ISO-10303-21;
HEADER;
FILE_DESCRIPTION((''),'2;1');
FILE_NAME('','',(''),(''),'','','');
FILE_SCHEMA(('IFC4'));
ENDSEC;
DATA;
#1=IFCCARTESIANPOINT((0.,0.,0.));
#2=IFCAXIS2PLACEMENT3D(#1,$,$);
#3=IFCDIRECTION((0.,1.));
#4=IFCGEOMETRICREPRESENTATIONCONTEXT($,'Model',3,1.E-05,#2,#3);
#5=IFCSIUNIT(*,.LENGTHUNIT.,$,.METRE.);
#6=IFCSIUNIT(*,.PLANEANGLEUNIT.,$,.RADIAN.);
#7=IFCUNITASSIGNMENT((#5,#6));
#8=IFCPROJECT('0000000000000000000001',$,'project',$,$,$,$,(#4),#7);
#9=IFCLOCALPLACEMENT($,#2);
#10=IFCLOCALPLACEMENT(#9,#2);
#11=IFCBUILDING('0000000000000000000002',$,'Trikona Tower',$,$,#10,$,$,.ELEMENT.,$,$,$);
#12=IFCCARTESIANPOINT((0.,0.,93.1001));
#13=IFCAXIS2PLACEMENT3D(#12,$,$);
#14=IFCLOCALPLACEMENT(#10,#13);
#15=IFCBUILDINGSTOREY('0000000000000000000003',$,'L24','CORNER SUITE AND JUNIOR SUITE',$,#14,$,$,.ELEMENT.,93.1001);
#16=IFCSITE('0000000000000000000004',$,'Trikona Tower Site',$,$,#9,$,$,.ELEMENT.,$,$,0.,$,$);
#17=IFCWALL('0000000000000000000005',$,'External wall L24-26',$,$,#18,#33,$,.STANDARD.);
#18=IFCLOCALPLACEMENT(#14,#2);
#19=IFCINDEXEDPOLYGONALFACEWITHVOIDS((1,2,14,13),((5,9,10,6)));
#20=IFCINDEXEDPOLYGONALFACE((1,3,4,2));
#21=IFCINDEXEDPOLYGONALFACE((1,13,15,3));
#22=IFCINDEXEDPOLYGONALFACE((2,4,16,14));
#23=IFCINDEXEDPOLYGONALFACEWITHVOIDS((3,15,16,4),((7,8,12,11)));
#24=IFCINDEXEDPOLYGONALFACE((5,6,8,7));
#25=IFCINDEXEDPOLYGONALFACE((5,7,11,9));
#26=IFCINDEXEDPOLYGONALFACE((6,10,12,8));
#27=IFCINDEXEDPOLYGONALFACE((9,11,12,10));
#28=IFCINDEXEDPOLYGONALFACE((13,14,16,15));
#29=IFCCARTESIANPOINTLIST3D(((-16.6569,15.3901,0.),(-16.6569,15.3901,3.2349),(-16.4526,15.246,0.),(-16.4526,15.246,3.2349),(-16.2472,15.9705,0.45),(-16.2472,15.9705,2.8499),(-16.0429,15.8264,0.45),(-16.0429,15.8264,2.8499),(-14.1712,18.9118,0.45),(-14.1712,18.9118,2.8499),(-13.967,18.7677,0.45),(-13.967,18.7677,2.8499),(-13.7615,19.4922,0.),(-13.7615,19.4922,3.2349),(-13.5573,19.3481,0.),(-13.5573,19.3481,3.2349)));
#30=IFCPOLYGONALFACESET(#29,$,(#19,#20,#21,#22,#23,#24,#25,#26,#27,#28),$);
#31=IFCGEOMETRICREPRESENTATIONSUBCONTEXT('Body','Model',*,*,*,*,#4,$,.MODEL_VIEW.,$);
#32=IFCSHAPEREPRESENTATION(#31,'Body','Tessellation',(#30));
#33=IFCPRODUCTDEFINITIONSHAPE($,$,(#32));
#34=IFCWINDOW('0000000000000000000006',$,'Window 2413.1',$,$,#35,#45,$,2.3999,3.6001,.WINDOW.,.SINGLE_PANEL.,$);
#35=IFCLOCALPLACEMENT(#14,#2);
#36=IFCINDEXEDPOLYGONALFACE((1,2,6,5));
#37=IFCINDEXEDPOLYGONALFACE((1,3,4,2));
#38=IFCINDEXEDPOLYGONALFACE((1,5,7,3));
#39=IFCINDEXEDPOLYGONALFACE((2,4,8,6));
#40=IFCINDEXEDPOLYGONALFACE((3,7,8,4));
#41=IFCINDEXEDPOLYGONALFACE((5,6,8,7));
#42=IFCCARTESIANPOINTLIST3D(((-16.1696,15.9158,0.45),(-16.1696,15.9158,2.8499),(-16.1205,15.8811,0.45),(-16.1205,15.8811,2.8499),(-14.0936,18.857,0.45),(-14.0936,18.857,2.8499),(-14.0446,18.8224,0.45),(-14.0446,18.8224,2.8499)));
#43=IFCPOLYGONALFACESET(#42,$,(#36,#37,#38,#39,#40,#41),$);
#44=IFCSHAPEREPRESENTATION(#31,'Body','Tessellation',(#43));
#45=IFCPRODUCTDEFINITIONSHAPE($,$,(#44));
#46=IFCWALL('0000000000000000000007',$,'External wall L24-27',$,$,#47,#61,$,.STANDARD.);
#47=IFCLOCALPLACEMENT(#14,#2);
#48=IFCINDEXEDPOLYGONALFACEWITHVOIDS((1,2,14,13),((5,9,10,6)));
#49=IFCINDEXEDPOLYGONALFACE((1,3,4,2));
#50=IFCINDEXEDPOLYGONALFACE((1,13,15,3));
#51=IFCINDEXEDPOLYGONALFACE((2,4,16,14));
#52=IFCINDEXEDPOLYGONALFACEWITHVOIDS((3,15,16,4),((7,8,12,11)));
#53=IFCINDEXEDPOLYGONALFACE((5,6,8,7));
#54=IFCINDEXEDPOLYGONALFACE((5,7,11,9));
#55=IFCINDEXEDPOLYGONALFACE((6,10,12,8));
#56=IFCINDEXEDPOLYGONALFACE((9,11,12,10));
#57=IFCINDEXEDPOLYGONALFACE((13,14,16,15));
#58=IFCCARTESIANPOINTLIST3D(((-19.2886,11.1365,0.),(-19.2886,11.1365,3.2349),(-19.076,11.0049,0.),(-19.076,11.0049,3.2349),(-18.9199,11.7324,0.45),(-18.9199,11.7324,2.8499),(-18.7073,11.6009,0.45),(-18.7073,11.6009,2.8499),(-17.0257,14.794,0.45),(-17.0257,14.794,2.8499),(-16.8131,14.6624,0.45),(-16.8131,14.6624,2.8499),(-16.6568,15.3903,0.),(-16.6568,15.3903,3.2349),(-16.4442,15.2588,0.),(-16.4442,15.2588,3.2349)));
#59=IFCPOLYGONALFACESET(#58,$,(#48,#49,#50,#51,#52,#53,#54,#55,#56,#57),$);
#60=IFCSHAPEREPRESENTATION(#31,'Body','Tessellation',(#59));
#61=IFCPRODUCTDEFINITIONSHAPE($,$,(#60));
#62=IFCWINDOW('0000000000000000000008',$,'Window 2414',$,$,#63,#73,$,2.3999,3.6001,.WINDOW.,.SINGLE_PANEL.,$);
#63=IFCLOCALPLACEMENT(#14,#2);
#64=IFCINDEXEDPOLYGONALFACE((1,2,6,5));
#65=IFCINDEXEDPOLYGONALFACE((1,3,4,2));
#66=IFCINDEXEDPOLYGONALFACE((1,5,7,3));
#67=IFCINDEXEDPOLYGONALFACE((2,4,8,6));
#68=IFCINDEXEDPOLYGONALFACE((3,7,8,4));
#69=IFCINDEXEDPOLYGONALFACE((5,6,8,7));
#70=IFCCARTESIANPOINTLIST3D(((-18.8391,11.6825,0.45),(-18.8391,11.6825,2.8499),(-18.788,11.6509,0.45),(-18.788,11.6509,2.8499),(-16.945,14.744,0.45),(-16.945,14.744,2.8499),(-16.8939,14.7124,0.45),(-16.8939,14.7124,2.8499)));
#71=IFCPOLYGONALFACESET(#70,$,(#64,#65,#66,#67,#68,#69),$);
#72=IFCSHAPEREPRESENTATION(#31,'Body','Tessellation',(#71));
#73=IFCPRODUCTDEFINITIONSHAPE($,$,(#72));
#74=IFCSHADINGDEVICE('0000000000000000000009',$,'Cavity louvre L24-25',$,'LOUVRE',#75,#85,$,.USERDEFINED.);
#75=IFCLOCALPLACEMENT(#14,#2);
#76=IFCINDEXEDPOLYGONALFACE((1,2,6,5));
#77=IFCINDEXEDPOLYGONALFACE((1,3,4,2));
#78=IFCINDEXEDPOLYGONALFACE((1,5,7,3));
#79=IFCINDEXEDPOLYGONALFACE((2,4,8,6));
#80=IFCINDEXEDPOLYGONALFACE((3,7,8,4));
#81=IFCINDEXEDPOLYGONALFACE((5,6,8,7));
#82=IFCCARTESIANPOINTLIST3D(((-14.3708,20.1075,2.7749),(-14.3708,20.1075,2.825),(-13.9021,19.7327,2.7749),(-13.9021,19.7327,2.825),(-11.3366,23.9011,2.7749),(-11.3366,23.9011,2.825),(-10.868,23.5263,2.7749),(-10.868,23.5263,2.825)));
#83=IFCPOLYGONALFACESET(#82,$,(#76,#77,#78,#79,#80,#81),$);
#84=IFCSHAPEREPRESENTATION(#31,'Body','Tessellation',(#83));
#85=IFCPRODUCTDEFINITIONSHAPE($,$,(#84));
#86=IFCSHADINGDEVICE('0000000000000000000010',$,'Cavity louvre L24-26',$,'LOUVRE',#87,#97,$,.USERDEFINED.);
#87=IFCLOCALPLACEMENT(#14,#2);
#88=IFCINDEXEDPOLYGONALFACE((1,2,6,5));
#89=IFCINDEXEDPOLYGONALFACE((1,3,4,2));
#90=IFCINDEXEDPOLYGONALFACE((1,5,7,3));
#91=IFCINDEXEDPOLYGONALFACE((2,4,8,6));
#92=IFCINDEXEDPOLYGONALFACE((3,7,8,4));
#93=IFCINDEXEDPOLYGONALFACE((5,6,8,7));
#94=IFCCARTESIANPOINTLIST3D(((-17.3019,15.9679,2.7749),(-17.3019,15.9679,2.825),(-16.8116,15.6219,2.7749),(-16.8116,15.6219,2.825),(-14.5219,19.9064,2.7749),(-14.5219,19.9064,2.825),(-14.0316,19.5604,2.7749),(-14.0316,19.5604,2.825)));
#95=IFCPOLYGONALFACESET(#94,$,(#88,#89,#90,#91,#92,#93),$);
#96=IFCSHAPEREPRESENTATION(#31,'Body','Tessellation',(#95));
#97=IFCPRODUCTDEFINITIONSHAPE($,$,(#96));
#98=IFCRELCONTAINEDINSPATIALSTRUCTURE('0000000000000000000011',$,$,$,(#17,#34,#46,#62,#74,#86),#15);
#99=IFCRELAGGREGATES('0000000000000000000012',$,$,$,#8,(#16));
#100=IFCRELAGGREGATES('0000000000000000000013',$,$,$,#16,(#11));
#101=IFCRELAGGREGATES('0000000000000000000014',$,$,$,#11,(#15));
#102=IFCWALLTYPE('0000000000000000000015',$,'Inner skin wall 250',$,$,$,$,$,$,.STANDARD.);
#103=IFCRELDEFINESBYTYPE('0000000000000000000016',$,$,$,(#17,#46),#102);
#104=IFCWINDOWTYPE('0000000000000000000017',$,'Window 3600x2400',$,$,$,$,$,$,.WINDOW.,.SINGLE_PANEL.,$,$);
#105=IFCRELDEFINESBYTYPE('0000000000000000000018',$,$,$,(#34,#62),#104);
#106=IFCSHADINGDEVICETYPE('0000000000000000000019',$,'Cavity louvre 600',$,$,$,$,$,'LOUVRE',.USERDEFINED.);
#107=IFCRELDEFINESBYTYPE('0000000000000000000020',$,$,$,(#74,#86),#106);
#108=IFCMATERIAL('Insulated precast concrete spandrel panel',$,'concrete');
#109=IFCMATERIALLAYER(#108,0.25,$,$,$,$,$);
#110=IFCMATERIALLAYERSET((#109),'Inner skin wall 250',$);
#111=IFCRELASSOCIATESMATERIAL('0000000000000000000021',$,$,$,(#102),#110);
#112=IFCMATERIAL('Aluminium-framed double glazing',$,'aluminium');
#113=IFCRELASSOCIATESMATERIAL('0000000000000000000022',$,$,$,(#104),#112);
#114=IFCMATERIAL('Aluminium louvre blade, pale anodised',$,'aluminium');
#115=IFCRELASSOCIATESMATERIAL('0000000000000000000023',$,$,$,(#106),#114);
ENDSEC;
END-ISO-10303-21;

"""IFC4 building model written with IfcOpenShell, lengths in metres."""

from ifc_helpers import new_model, si_unit, direction, frame, frame_2d, origin, origin_2d, place, context, subcontext, project, spatial, rectangle, extrude, material, layer, layer_set, type_object, element, fill, save


model = new_model("IFC4")

# Units and contexts
model_context = context("Model", 3, precision=1e-05, world=origin(), true_north=direction((0.0, 1.0)))
body_context = subcontext(model_context, "Body", "Model", "MODEL_VIEW")
ifc_project = project(units=[si_unit("LENGTHUNIT", "METRE"), si_unit("PLANEANGLEUNIT", "RADIAN")], contexts=[model_context])

# Site, building, storey
site_placement = place(None, origin())
site = spatial("IfcSite", under=ifc_project, at=site_placement, Name="Trikona Tower Site", CompositionType="ELEMENT", RefElevation=0.0)
building_placement = place(site_placement, origin())
building = spatial("IfcBuilding", under=site, at=building_placement, Name="Trikona Tower", CompositionType="ELEMENT")
storey_placement = place(building_placement, frame((0.0, 0.0, 93.1001)))
storey = spatial("IfcBuildingStorey", under=building, at=storey_placement, Name="L24", Description="CORNER SUITE AND JUNIOR SUITE", CompositionType="ELEMENT", Elevation=93.1001)

# Walls, openings, windows
ifc_material_1 = material(Name="Insulated precast concrete spandrel panel", Category="concrete")
ifc_layer_1 = layer(ifc_material_1, 0.25)
ifc_layer_set_1 = layer_set([ifc_layer_1], Name="Inner skin wall 250")
wall_type = type_object("IfcWallType", Name="Inner skin wall 250", PredefinedType="STANDARD", material=ifc_layer_set_1)
ifc_material_2 = material(Name="Aluminium-framed double glazing", Category="aluminium")
window_type = type_object("IfcWindowType", Name="Window 3600x2400", PartitioningType="SINGLE_PANEL", PredefinedType="WINDOW", material=ifc_material_2)
wall_1_placement = place(storey_placement, frame((-13.6594, 19.4202, 0.0), z_axis=(0.0, 0.0, 1.0), x_axis=(-0.576643, -0.816996, 0.0)))
wall_1 = element("IfcWall", 1, at=wall_1_placement, inside=storey, type_object=wall_type, Name="External wall L24-26", PredefinedType="STANDARD", context=body_context, shape_type="SweptSolid", body=[
    extrude(rectangle(XDim=5.021, YDim=0.25, at=frame_2d((2.5105, 0.0))), origin(), (0.0, 0.0, 1.0), 3.2349),
])
opening_1_placement = place(wall_1_placement, frame((0.7104, 0.0, 0.45)))
opening_1 = element("IfcOpeningElement", 2, at=opening_1_placement, cuts=wall_1, PredefinedType="OPENING", context=body_context, shape_type="SweptSolid", body=[
    extrude(rectangle(XDim=3.6001, YDim=2.3999, at=frame_2d((1.8, 1.2))), frame((0.0, 0.135, 0.0), z_axis=(0.0, -1.0, 0.0), x_axis=(1.0, 0.0, 0.0)), (0.0, 0.0, 1.0), 0.27),
])
window_1_placement = place(opening_1_placement, origin())
window_1 = element("IfcWindow", 3, at=window_1_placement, inside=storey, type_object=window_type, Name="Window 2413.1", OverallHeight=2.3999, OverallWidth=3.6001, PartitioningType="SINGLE_PANEL", PredefinedType="WINDOW", context=body_context, shape_type="SweptSolid", body=[
    extrude(rectangle(XDim=3.6001, YDim=2.3999, at=frame_2d((1.8, 1.2))), frame((0.0, 0.03, 0.0), z_axis=(0.0, -1.0, 0.0), x_axis=(1.0, 0.0, 0.0)), (0.0, 0.0, 1.0), 0.0601),
])
fill(opening_1, window_1)
wall_2_placement = place(storey_placement, frame((-16.5505, 15.3245, 0.0), z_axis=(0.0, 0.0, 1.0), x_axis=(-0.526133, -0.850402, 0.0)))
wall_2 = element("IfcWall", 4, at=wall_2_placement, inside=storey, type_object=wall_type, Name="External wall L24-27", PredefinedType="STANDARD", context=body_context, shape_type="SweptSolid", body=[
    extrude(rectangle(XDim=5.0022, YDim=0.25, at=frame_2d((2.501, 0.0))), origin(), (0.0, 0.0, 1.0), 3.2349),
])
opening_2_placement = place(wall_2_placement, frame((0.7012, 0.0, 0.45)))
opening_2 = element("IfcOpeningElement", 5, at=opening_2_placement, cuts=wall_2, PredefinedType="OPENING", context=body_context, shape_type="SweptSolid", body=[
    extrude(rectangle(XDim=3.6001, YDim=2.3999, at=frame_2d((1.8, 1.2))), frame((0.0, 0.135, 0.0), z_axis=(0.0, -1.0, 0.0), x_axis=(1.0, 0.0, 0.0)), (0.0, 0.0, 1.0), 0.27),
])
window_2_placement = place(opening_2_placement, origin())
window_2 = element("IfcWindow", 6, at=window_2_placement, inside=storey, type_object=window_type, Name="Window 2414", OverallHeight=2.3999, OverallWidth=3.6001, PartitioningType="SINGLE_PANEL", PredefinedType="WINDOW", context=body_context, shape_type="SweptSolid", body=[
    extrude(rectangle(XDim=3.6001, YDim=2.3999, at=frame_2d((1.8, 1.2))), frame((0.0, 0.03, 0.0), z_axis=(0.0, -1.0, 0.0), x_axis=(1.0, 0.0, 0.0)), (0.0, 0.0, 1.0), 0.0601),
])
fill(opening_2, window_2)

# Shading devices
ifc_material_3 = material(Name="Aluminium louvre blade, pale anodised", Category="aluminium")
shading_device_type = type_object("IfcShadingDeviceType", Name="Cavity louvre 600", ElementType="LOUVRE", PredefinedType="USERDEFINED", material=ifc_material_3)
shading_device_1_placement = place(storey_placement, frame((-12.6194, 21.8169, 2.7749), z_axis=(0.0, 0.0, 1.0), x_axis=(-0.624604, -0.780942, 0.0)))
element("IfcShadingDevice", 7, at=shading_device_1_placement, inside=storey, type_object=shading_device_type, Name="Cavity louvre L24-25", ObjectType="LOUVRE", PredefinedType="USERDEFINED", context=body_context, shape_type="SweptSolid", body=[
    extrude(rectangle(XDim=4.8577, YDim=0.6001, at=origin_2d()), origin(), (0.0, 0.0, 1.0), 0.05),
])
shading_device_2_placement = place(storey_placement, frame((-15.6667, 17.7642, 2.7749), z_axis=(0.0, 0.0, 1.0), x_axis=(-0.576662, -0.816983, 0.0)))
element("IfcShadingDevice", 8, at=shading_device_2_placement, inside=storey, type_object=shading_device_type, Name="Cavity louvre L24-26", ObjectType="LOUVRE", PredefinedType="USERDEFINED", context=body_context, shape_type="SweptSolid", body=[
    extrude(rectangle(XDim=4.8208, YDim=0.6001, at=origin_2d()), origin(), (0.0, 0.0, 1.0), 0.05),
])

save(model, "model.ifc")
